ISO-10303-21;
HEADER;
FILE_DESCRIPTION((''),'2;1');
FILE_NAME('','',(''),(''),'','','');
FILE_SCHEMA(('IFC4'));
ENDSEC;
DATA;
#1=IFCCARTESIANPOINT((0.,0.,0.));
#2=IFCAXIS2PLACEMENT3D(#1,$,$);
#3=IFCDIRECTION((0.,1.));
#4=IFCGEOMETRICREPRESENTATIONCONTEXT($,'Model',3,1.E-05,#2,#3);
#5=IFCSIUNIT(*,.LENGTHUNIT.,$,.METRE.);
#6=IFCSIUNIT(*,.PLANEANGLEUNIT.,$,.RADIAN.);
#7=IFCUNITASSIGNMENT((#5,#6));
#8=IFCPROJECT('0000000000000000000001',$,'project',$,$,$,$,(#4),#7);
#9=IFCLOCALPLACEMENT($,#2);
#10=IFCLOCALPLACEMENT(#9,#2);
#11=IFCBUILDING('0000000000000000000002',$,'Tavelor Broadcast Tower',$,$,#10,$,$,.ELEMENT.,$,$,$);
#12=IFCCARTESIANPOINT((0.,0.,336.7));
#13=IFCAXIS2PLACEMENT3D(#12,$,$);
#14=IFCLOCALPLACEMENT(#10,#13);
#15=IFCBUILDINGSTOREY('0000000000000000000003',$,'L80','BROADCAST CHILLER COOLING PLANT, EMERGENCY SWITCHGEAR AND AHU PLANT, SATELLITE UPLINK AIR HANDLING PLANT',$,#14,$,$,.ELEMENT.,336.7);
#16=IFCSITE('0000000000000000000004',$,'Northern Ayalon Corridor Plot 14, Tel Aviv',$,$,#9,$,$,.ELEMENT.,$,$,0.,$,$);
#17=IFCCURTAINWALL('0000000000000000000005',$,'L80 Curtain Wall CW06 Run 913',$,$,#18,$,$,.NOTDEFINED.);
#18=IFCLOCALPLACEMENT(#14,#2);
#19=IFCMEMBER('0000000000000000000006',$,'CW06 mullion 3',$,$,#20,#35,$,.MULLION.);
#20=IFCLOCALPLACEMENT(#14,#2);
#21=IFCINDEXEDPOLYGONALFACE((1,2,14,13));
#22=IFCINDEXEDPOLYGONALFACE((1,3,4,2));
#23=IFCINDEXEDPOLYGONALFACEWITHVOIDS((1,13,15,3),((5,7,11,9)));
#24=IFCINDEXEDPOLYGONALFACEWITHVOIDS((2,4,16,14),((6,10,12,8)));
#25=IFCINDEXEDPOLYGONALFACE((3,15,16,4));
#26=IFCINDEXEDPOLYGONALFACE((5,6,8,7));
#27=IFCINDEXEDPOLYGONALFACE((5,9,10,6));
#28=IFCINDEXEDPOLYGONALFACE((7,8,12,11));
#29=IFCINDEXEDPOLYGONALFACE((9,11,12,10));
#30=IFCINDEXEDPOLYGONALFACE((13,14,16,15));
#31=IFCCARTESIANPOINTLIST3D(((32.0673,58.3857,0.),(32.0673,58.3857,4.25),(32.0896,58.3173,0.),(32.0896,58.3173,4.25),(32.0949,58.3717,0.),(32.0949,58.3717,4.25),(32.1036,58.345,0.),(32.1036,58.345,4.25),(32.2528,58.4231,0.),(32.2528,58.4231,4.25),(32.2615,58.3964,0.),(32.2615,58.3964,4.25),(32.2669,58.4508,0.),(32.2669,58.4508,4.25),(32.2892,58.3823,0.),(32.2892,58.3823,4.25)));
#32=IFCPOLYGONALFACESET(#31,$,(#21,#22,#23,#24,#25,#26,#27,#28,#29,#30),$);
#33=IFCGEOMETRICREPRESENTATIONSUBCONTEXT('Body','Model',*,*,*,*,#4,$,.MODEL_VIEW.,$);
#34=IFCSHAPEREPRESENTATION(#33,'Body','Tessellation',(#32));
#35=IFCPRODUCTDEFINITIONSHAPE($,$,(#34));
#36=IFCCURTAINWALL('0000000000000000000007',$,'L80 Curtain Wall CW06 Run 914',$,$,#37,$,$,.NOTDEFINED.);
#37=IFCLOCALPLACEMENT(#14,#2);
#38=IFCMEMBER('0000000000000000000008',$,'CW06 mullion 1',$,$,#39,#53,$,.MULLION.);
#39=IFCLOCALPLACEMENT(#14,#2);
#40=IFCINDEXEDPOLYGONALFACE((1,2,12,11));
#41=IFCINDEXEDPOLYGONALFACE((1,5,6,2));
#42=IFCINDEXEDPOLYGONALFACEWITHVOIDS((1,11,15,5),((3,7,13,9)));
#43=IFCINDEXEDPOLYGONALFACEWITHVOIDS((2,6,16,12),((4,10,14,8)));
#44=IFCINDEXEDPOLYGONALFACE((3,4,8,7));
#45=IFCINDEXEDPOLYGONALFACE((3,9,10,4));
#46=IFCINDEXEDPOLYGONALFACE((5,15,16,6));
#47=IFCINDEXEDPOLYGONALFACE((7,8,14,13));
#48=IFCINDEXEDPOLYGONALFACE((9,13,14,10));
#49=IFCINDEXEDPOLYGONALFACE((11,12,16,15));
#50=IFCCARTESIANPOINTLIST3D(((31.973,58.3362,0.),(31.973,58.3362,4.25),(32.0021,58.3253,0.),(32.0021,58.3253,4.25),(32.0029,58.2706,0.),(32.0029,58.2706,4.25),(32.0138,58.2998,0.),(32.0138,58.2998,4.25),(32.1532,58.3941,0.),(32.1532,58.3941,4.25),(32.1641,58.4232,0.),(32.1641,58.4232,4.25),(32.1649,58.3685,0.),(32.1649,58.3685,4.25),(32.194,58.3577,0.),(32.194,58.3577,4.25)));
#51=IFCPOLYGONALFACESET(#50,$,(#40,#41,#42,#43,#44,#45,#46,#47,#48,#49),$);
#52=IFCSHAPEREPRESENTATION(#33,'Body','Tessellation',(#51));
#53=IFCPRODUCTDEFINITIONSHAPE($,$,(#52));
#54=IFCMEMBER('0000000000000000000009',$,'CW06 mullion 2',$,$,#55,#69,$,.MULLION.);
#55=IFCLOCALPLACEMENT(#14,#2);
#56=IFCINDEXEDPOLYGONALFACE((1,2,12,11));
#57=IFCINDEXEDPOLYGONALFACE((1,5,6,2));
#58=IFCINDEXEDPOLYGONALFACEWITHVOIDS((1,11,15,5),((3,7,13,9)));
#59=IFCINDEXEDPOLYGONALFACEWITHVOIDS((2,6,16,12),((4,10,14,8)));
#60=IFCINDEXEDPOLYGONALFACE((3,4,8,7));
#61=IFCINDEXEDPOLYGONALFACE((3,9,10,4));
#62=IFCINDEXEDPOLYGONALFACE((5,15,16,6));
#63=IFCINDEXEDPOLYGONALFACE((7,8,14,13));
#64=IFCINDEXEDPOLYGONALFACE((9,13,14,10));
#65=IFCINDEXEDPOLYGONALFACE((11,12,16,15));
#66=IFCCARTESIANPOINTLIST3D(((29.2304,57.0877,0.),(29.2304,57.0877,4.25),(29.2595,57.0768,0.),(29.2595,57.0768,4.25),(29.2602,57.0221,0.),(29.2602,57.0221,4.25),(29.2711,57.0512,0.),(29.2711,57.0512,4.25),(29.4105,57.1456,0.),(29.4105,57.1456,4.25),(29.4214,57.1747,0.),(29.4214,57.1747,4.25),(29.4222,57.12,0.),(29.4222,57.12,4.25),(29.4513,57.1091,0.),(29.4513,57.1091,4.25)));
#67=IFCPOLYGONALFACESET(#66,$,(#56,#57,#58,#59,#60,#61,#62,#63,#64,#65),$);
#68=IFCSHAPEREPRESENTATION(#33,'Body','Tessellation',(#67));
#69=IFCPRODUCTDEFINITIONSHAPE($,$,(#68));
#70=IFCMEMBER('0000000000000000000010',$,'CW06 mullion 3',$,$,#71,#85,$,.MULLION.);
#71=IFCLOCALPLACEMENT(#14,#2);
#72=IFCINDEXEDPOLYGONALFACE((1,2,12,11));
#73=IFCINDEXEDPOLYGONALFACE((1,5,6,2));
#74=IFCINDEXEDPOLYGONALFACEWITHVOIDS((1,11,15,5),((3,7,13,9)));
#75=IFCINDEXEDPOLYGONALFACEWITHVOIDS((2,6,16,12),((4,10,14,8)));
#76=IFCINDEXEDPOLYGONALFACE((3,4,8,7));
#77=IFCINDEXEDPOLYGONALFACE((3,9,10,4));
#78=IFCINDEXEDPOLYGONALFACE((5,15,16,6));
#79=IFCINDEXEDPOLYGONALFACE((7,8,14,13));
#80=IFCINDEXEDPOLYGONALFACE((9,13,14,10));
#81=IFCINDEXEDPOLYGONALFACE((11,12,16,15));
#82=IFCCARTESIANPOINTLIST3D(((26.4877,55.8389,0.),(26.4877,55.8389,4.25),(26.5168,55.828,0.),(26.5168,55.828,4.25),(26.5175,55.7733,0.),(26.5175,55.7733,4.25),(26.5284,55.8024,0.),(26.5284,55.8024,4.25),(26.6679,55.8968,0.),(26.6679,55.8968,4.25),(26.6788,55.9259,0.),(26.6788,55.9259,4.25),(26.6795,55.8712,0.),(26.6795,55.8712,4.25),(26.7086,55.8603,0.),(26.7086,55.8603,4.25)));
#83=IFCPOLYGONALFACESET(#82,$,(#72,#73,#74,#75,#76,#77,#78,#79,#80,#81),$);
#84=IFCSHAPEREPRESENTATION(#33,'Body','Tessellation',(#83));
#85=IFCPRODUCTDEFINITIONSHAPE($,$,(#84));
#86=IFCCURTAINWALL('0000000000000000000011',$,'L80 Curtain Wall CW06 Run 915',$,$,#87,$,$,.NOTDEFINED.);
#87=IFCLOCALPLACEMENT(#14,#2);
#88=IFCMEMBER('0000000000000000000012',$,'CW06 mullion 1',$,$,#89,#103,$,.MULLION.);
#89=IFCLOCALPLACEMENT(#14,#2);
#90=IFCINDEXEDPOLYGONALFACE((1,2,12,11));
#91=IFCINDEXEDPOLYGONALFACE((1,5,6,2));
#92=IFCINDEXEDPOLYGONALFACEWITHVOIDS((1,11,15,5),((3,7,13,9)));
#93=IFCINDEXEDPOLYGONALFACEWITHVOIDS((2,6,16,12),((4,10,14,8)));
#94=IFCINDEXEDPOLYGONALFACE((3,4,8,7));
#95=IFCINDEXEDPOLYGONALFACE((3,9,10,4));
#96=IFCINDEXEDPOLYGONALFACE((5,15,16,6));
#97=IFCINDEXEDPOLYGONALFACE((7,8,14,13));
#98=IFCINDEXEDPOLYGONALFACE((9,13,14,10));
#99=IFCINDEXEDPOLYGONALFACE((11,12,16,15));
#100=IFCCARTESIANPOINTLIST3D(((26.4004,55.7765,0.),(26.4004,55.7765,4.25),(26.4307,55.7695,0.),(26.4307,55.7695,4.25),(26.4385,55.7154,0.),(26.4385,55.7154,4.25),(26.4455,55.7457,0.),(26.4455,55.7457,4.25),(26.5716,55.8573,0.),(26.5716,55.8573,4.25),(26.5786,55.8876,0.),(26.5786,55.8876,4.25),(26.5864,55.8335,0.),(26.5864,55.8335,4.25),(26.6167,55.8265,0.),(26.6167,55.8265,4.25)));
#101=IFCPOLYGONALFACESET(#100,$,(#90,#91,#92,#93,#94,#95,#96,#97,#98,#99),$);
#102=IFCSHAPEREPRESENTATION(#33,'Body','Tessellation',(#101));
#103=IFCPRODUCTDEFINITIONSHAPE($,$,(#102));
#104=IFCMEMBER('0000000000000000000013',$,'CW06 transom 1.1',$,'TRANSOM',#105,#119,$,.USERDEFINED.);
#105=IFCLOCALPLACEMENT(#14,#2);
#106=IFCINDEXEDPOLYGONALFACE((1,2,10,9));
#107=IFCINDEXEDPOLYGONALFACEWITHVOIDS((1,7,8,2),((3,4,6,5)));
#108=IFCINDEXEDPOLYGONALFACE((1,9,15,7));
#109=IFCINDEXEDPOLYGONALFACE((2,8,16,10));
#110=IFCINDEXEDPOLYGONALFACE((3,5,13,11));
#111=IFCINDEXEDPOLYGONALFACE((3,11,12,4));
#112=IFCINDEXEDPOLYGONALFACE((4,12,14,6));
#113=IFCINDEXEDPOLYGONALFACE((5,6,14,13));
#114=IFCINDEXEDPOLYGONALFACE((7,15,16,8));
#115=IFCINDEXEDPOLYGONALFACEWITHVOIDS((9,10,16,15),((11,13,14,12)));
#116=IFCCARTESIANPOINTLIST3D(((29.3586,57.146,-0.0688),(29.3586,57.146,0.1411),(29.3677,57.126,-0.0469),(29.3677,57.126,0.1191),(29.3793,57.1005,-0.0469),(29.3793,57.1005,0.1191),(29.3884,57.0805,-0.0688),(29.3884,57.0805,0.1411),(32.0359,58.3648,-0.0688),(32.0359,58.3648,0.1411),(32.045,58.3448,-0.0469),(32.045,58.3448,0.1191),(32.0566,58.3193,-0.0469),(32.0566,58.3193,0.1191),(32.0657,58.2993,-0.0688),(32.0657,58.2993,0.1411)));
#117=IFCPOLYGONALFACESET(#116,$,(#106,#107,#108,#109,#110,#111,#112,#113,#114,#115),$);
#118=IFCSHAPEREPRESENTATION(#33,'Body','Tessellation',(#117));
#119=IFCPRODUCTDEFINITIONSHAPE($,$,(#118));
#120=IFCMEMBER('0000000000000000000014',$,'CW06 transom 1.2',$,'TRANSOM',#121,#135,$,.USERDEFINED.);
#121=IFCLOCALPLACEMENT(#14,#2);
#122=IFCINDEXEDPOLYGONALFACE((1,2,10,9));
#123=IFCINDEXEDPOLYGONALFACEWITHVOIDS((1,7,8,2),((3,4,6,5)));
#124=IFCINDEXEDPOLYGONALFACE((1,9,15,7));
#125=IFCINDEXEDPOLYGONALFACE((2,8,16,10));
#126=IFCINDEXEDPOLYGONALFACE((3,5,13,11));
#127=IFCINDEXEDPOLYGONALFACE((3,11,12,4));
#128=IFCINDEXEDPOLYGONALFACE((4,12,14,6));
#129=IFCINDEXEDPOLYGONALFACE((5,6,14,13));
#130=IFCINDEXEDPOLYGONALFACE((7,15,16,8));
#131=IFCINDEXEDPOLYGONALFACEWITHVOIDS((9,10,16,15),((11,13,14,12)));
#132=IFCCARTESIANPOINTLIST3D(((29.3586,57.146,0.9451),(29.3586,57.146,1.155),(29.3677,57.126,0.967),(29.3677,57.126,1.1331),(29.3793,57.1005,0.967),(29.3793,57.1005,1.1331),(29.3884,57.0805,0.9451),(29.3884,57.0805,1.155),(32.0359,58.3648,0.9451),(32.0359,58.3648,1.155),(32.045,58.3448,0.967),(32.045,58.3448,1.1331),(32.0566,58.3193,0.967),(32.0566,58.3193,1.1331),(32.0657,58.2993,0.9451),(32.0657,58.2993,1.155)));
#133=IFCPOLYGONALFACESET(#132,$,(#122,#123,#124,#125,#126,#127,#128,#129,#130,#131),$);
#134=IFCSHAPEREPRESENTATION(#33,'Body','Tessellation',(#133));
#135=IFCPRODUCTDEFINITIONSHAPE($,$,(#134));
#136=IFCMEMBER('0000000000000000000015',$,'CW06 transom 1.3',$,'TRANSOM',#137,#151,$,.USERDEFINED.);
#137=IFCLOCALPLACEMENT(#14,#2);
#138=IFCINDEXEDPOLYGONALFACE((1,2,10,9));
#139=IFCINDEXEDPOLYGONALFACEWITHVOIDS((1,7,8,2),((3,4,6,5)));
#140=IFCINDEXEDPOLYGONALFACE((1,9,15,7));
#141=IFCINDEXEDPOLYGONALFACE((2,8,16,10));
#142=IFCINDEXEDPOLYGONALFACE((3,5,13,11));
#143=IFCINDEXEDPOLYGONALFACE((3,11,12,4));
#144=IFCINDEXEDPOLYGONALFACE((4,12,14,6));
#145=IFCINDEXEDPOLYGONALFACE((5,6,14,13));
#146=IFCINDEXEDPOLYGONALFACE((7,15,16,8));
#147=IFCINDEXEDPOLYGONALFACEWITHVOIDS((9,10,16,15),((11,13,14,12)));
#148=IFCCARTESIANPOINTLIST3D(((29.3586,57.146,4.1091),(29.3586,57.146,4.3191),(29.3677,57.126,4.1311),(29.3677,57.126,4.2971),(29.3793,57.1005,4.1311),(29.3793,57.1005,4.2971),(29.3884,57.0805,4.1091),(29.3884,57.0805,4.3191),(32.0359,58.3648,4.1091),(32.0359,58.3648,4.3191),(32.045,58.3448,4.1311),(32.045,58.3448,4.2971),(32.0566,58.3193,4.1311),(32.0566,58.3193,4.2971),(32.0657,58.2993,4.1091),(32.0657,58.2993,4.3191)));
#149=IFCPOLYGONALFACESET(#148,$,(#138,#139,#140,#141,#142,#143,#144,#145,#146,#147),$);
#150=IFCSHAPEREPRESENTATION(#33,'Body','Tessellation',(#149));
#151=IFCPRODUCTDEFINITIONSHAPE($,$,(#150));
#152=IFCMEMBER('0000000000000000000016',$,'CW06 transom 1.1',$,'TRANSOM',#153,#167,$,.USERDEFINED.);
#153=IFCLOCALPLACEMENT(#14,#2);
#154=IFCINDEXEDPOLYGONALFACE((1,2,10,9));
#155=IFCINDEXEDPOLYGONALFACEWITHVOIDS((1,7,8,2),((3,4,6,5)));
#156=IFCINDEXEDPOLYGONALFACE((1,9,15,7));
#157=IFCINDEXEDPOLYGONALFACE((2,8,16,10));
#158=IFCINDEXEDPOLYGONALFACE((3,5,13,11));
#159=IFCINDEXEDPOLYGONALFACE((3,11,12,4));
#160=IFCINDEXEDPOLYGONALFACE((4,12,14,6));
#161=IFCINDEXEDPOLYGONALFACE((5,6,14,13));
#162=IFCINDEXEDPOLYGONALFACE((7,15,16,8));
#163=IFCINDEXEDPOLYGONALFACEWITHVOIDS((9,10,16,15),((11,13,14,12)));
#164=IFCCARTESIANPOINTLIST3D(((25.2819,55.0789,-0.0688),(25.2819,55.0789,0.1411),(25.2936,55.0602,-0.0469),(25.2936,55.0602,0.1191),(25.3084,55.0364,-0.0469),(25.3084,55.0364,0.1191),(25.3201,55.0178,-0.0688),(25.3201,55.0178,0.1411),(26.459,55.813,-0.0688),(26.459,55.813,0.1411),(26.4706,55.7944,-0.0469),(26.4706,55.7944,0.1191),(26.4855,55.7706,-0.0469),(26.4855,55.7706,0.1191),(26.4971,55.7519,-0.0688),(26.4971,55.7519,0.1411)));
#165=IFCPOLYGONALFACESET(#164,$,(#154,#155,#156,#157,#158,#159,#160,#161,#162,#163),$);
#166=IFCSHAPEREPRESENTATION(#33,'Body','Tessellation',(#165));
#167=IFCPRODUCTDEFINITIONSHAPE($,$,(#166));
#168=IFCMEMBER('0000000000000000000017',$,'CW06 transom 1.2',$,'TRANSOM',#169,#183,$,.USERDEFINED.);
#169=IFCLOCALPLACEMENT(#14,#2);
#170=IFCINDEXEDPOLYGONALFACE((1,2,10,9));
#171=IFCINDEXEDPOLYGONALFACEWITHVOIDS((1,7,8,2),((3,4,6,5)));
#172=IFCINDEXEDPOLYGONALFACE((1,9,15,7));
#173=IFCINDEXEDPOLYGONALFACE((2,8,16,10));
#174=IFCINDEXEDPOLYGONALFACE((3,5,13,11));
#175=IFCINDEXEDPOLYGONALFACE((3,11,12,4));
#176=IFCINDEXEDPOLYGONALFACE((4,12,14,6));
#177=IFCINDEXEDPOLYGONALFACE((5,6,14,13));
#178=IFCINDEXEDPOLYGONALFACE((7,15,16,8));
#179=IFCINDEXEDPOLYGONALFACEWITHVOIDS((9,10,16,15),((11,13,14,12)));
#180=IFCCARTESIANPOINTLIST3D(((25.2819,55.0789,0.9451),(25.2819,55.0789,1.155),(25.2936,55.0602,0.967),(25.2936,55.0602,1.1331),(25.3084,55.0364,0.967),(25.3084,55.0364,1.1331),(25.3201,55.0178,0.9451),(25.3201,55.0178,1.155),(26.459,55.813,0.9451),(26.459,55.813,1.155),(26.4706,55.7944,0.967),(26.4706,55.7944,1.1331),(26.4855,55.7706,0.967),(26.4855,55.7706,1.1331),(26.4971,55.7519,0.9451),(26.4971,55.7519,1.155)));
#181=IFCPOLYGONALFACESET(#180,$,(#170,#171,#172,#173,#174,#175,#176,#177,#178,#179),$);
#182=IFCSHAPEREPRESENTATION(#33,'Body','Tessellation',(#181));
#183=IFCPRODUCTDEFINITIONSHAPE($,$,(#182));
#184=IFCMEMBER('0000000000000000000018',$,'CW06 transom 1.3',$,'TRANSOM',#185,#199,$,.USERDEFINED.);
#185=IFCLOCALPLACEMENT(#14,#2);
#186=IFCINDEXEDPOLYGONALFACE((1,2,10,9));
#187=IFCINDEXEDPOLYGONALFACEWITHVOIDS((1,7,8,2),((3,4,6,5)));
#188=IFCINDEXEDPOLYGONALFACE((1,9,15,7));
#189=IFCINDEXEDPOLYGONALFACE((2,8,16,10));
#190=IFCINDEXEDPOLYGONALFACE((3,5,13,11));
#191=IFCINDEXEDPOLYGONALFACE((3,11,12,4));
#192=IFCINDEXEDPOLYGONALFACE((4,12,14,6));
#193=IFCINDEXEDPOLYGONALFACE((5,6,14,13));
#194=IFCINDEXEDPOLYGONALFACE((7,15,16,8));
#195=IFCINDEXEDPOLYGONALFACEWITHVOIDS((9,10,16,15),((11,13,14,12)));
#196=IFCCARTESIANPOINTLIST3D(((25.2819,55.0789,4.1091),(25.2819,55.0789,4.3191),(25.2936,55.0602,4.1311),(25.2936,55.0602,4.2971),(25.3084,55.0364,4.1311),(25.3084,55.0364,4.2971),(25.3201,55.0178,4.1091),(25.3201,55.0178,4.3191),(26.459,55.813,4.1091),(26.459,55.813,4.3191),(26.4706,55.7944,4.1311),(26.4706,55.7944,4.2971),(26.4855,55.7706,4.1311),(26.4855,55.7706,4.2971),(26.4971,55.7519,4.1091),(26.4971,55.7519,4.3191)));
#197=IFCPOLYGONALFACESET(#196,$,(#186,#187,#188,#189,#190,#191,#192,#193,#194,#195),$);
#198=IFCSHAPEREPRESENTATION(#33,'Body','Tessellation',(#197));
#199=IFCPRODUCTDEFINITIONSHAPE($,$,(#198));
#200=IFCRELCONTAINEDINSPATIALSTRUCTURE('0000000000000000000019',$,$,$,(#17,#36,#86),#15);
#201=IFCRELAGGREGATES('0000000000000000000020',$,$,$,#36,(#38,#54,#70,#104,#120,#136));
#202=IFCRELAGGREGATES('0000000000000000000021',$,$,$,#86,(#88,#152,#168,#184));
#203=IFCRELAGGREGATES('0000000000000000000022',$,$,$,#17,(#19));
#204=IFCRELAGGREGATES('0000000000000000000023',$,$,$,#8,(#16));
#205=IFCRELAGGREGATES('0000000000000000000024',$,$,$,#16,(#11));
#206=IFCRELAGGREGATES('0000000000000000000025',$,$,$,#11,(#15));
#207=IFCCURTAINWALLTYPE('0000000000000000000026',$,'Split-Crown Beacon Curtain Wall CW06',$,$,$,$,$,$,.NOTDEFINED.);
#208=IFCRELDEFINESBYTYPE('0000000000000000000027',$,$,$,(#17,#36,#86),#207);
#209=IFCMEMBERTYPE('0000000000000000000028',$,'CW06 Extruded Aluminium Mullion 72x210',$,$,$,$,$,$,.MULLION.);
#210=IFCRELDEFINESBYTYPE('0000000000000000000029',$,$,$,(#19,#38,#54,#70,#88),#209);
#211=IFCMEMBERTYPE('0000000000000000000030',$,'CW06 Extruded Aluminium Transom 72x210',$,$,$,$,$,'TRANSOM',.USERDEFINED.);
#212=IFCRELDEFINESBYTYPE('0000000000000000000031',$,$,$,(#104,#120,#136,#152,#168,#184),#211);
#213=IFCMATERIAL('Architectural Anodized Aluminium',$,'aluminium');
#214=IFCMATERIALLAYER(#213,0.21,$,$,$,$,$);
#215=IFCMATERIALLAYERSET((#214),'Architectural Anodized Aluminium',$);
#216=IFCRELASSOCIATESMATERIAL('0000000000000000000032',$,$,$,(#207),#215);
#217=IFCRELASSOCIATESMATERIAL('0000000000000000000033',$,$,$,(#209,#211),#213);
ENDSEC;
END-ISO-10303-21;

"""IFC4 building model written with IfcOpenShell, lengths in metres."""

from ifc_helpers import new_model, si_unit, direction, frame, origin, origin_2d, place, context, subcontext, project, spatial, hollow_rectangle, extrude, source, transform, mapped, material, layer, layer_set, material_profile, profile_set, type_object, type_shapes, element, aggregate, save


model = new_model("IFC4")

# Units and contexts
model_context = context("Model", 3, precision=1e-05, world=origin(), true_north=direction((0.0, 1.0)))
body_context = subcontext(model_context, "Body", "Model", "MODEL_VIEW")
ifc_project = project(units=[si_unit("LENGTHUNIT", "METRE"), si_unit("PLANEANGLEUNIT", "RADIAN")], contexts=[model_context])

# Site, building, storey
site_placement = place(None, origin())
site = spatial("IfcSite", under=ifc_project, at=site_placement, Name="Northern Ayalon Corridor Plot 14, Tel Aviv", CompositionType="ELEMENT", RefElevation=0.0)
building_placement = place(site_placement, origin())
building = spatial("IfcBuilding", under=site, at=building_placement, Name="Tavelor Broadcast Tower", CompositionType="ELEMENT")
storey_placement = place(building_placement, frame((0.0, 0.0, 336.7)))
storey = spatial("IfcBuildingStorey", under=building, at=storey_placement, Name="L80", Description="BROADCAST CHILLER COOLING PLANT, EMERGENCY SWITCHGEAR AND AHU PLANT, SATELLITE UPLINK AIR HANDLING PLANT", CompositionType="ELEMENT", Elevation=336.7)

# Curtain wall, member
ifc_material_1 = material(Name="Architectural Anodized Aluminium", Category="aluminium")
ifc_layer_1 = layer(ifc_material_1, 0.21)
ifc_layer_set_1 = layer_set([ifc_layer_1], Name="Architectural Anodized Aluminium")
curtain_wall_type = type_object("IfcCurtainWallType", Name="Split-Crown Beacon Curtain Wall CW06", PredefinedType="NOTDEFINED", material=ifc_layer_set_1)
curtain_wall_1_placement = place(storey_placement, origin())
curtain_wall_1 = element("IfcCurtainWall", 1, at=curtain_wall_1_placement, inside=storey, type_object=curtain_wall_type, Name="L80 Curtain Wall CW06 Run 913", PredefinedType="NOTDEFINED")
ifc_material_profile_1 = material_profile(ifc_material_1, hollow_rectangle(XDim=0.072, YDim=0.21, WallThickness=0.022, at=origin_2d()), Name="RHS 72x210x22")
ifc_profile_set_1 = profile_set([ifc_material_profile_1], Name="Architectural Anodized Aluminium")
member_type_1 = type_object("IfcMemberType", Name="CW06 Extruded Aluminium Mullion 72x210", PredefinedType="MULLION", material=ifc_profile_set_1)
shared_shape_1 = source(origin(), body_context, "Body", "SweptSolid", [
    extrude(hollow_rectangle(XDim=0.072, YDim=0.21, WallThickness=0.022, at=origin_2d()), origin(), (0.0, 0.0, 1.0), 4.25),
])
type_shapes(member_type_1, [shared_shape_1])
member_1_placement = place(storey_placement, frame((32.1782, 58.384, 0.0), z_axis=(0.0, 0.0, 1.0), x_axis=(0.309822, -0.950794, 0.0)))
member_1 = element("IfcMember", 2, at=member_1_placement, type_object=member_type_1, Name="CW06 mullion 3", PredefinedType="MULLION", context=body_context, shape_type="MappedRepresentation", body=[
    mapped(shared_shape_1, transform((0.0, 0.0, 0.0), scale=1.0)),
])

# Curtain wall, members
curtain_wall_2_placement = place(storey_placement, origin())
curtain_wall_2 = element("IfcCurtainWall", 3, at=curtain_wall_2_placement, inside=storey, type_object=curtain_wall_type, Name="L80 Curtain Wall CW06 Run 914", PredefinedType="NOTDEFINED")
member_2_placement = place(storey_placement, frame((32.0835, 58.3469, 0.0), z_axis=(0.0, 0.0, 1.0), x_axis=(0.414367, -0.91011, 0.0)))
member_2 = element("IfcMember", 4, at=member_2_placement, type_object=member_type_1, Name="CW06 mullion 1", PredefinedType="MULLION", context=body_context, shape_type="MappedRepresentation", body=[
    mapped(shared_shape_1, transform((0.0, 0.0, 0.0), scale=1.0)),
])
member_3_placement = place(storey_placement, frame((29.3408, 57.0984, 0.0), z_axis=(0.0, 0.0, 1.0), x_axis=(0.414367, -0.91011, 0.0)))
member_3 = element("IfcMember", 5, at=member_3_placement, type_object=member_type_1, Name="CW06 mullion 2", PredefinedType="MULLION", context=body_context, shape_type="MappedRepresentation", body=[
    mapped(shared_shape_1, transform((0.0, 0.0, 0.0), scale=1.0)),
])
member_4_placement = place(storey_placement, frame((26.5981, 55.8496, 0.0), z_axis=(0.0, 0.0, 1.0), x_axis=(0.414367, -0.91011, 0.0)))
member_4 = element("IfcMember", 6, at=member_4_placement, type_object=member_type_1, Name="CW06 mullion 3", PredefinedType="MULLION", context=body_context, shape_type="MappedRepresentation", body=[
    mapped(shared_shape_1, transform((0.0, 0.0, 0.0), scale=1.0)),
])

# Curtain wall, member
curtain_wall_3_placement = place(storey_placement, origin())
curtain_wall_3 = element("IfcCurtainWall", 7, at=curtain_wall_3_placement, inside=storey, type_object=curtain_wall_type, Name="L80 Curtain Wall CW06 Run 915", PredefinedType="NOTDEFINED")
member_5_placement = place(storey_placement, frame((26.5085, 55.8015, 0.0), z_axis=(0.0, 0.0, 1.0), x_axis=(0.529153, -0.848526, 0.0)))
member_5 = element("IfcMember", 8, at=member_5_placement, type_object=member_type_1, Name="CW06 mullion 1", PredefinedType="MULLION", context=body_context, shape_type="MappedRepresentation", body=[
    mapped(shared_shape_1, transform((0.0, 0.0, 0.0), scale=1.0)),
])

# Members
ifc_material_profile_2 = material_profile(ifc_material_1, hollow_rectangle(XDim=0.072, YDim=0.21, WallThickness=0.022, at=origin_2d()), Name="RHS 72x210x22")
ifc_profile_set_2 = profile_set([ifc_material_profile_2], Name="Architectural Anodized Aluminium")
member_type_2 = type_object("IfcMemberType", Name="CW06 Extruded Aluminium Transom 72x210", ElementType="TRANSOM", PredefinedType="USERDEFINED", material=ifc_profile_set_2)
shared_shape_2 = source(origin(), body_context, "Body", "SweptSolid", [
    extrude(hollow_rectangle(XDim=0.072, YDim=0.21, WallThickness=0.022, at=origin_2d()), origin(), (0.0, 0.0, 1.0), 2.9417),
])
member_6_placement = place(storey_placement, frame((32.0508, 58.332, 0.0361), z_axis=(-0.910133, -0.414316, 0.0), x_axis=(0.414316, -0.910133, 0.0)))
member_6 = element("IfcMember", 9, at=member_6_placement, type_object=member_type_2, Name="CW06 transom 1.1", ObjectType="TRANSOM", PredefinedType="USERDEFINED", context=body_context, shape_type="MappedRepresentation", body=[
    mapped(shared_shape_2, transform((0.0, 0.0, 0.0), scale=1.0)),
])
member_7_placement = place(storey_placement, frame((32.0508, 58.332, 1.05), z_axis=(-0.910133, -0.414316, 0.0), x_axis=(0.414316, -0.910133, 0.0)))
member_7 = element("IfcMember", 10, at=member_7_placement, type_object=member_type_2, Name="CW06 transom 1.2", ObjectType="TRANSOM", PredefinedType="USERDEFINED", context=body_context, shape_type="MappedRepresentation", body=[
    mapped(shared_shape_2, transform((0.0, 0.0, 0.0), scale=1.0)),
])
member_8_placement = place(storey_placement, frame((32.0508, 58.332, 4.2141), z_axis=(-0.910133, -0.414316, 0.0), x_axis=(0.414316, -0.910133, 0.0)))
member_8 = element("IfcMember", 11, at=member_8_placement, type_object=member_type_2, Name="CW06 transom 1.3", ObjectType="TRANSOM", PredefinedType="USERDEFINED", context=body_context, shape_type="MappedRepresentation", body=[
    mapped(shared_shape_2, transform((0.0, 0.0, 0.0), scale=1.0)),
])
shared_shape_3 = source(origin(), body_context, "Body", "SweptSolid", [
    extrude(hollow_rectangle(XDim=0.072, YDim=0.21, WallThickness=0.022, at=origin_2d()), origin(), (0.0, 0.0, 1.0), 1.3872),
])
member_9_placement = place(storey_placement, frame((26.478, 55.7825, 0.0361), z_axis=(-0.848482, -0.529224, 0.0), x_axis=(0.529224, -0.848482, 0.0)))
member_9 = element("IfcMember", 12, at=member_9_placement, type_object=member_type_2, Name="CW06 transom 1.1", ObjectType="TRANSOM", PredefinedType="USERDEFINED", context=body_context, shape_type="MappedRepresentation", body=[
    mapped(shared_shape_3, transform((0.0, 0.0, 0.0), scale=1.0)),
])
member_10_placement = place(storey_placement, frame((26.478, 55.7825, 1.05), z_axis=(-0.848482, -0.529224, 0.0), x_axis=(0.529224, -0.848482, 0.0)))
member_10 = element("IfcMember", 13, at=member_10_placement, type_object=member_type_2, Name="CW06 transom 1.2", ObjectType="TRANSOM", PredefinedType="USERDEFINED", context=body_context, shape_type="MappedRepresentation", body=[
    mapped(shared_shape_3, transform((0.0, 0.0, 0.0), scale=1.0)),
])
member_11_placement = place(storey_placement, frame((26.478, 55.7825, 4.2141), z_axis=(-0.848482, -0.529224, 0.0), x_axis=(0.529224, -0.848482, 0.0)))
member_11 = element("IfcMember", 14, at=member_11_placement, type_object=member_type_2, Name="CW06 transom 1.3", ObjectType="TRANSOM", PredefinedType="USERDEFINED", context=body_context, shape_type="MappedRepresentation", body=[
    mapped(shared_shape_3, transform((0.0, 0.0, 0.0), scale=1.0)),
])

aggregate(curtain_wall_2, [member_2, member_3, member_4, member_6, member_7, member_8])
aggregate(curtain_wall_3, [member_5, member_9, member_10, member_11])
aggregate(curtain_wall_1, [member_1])

save(model, "model.ifc")
